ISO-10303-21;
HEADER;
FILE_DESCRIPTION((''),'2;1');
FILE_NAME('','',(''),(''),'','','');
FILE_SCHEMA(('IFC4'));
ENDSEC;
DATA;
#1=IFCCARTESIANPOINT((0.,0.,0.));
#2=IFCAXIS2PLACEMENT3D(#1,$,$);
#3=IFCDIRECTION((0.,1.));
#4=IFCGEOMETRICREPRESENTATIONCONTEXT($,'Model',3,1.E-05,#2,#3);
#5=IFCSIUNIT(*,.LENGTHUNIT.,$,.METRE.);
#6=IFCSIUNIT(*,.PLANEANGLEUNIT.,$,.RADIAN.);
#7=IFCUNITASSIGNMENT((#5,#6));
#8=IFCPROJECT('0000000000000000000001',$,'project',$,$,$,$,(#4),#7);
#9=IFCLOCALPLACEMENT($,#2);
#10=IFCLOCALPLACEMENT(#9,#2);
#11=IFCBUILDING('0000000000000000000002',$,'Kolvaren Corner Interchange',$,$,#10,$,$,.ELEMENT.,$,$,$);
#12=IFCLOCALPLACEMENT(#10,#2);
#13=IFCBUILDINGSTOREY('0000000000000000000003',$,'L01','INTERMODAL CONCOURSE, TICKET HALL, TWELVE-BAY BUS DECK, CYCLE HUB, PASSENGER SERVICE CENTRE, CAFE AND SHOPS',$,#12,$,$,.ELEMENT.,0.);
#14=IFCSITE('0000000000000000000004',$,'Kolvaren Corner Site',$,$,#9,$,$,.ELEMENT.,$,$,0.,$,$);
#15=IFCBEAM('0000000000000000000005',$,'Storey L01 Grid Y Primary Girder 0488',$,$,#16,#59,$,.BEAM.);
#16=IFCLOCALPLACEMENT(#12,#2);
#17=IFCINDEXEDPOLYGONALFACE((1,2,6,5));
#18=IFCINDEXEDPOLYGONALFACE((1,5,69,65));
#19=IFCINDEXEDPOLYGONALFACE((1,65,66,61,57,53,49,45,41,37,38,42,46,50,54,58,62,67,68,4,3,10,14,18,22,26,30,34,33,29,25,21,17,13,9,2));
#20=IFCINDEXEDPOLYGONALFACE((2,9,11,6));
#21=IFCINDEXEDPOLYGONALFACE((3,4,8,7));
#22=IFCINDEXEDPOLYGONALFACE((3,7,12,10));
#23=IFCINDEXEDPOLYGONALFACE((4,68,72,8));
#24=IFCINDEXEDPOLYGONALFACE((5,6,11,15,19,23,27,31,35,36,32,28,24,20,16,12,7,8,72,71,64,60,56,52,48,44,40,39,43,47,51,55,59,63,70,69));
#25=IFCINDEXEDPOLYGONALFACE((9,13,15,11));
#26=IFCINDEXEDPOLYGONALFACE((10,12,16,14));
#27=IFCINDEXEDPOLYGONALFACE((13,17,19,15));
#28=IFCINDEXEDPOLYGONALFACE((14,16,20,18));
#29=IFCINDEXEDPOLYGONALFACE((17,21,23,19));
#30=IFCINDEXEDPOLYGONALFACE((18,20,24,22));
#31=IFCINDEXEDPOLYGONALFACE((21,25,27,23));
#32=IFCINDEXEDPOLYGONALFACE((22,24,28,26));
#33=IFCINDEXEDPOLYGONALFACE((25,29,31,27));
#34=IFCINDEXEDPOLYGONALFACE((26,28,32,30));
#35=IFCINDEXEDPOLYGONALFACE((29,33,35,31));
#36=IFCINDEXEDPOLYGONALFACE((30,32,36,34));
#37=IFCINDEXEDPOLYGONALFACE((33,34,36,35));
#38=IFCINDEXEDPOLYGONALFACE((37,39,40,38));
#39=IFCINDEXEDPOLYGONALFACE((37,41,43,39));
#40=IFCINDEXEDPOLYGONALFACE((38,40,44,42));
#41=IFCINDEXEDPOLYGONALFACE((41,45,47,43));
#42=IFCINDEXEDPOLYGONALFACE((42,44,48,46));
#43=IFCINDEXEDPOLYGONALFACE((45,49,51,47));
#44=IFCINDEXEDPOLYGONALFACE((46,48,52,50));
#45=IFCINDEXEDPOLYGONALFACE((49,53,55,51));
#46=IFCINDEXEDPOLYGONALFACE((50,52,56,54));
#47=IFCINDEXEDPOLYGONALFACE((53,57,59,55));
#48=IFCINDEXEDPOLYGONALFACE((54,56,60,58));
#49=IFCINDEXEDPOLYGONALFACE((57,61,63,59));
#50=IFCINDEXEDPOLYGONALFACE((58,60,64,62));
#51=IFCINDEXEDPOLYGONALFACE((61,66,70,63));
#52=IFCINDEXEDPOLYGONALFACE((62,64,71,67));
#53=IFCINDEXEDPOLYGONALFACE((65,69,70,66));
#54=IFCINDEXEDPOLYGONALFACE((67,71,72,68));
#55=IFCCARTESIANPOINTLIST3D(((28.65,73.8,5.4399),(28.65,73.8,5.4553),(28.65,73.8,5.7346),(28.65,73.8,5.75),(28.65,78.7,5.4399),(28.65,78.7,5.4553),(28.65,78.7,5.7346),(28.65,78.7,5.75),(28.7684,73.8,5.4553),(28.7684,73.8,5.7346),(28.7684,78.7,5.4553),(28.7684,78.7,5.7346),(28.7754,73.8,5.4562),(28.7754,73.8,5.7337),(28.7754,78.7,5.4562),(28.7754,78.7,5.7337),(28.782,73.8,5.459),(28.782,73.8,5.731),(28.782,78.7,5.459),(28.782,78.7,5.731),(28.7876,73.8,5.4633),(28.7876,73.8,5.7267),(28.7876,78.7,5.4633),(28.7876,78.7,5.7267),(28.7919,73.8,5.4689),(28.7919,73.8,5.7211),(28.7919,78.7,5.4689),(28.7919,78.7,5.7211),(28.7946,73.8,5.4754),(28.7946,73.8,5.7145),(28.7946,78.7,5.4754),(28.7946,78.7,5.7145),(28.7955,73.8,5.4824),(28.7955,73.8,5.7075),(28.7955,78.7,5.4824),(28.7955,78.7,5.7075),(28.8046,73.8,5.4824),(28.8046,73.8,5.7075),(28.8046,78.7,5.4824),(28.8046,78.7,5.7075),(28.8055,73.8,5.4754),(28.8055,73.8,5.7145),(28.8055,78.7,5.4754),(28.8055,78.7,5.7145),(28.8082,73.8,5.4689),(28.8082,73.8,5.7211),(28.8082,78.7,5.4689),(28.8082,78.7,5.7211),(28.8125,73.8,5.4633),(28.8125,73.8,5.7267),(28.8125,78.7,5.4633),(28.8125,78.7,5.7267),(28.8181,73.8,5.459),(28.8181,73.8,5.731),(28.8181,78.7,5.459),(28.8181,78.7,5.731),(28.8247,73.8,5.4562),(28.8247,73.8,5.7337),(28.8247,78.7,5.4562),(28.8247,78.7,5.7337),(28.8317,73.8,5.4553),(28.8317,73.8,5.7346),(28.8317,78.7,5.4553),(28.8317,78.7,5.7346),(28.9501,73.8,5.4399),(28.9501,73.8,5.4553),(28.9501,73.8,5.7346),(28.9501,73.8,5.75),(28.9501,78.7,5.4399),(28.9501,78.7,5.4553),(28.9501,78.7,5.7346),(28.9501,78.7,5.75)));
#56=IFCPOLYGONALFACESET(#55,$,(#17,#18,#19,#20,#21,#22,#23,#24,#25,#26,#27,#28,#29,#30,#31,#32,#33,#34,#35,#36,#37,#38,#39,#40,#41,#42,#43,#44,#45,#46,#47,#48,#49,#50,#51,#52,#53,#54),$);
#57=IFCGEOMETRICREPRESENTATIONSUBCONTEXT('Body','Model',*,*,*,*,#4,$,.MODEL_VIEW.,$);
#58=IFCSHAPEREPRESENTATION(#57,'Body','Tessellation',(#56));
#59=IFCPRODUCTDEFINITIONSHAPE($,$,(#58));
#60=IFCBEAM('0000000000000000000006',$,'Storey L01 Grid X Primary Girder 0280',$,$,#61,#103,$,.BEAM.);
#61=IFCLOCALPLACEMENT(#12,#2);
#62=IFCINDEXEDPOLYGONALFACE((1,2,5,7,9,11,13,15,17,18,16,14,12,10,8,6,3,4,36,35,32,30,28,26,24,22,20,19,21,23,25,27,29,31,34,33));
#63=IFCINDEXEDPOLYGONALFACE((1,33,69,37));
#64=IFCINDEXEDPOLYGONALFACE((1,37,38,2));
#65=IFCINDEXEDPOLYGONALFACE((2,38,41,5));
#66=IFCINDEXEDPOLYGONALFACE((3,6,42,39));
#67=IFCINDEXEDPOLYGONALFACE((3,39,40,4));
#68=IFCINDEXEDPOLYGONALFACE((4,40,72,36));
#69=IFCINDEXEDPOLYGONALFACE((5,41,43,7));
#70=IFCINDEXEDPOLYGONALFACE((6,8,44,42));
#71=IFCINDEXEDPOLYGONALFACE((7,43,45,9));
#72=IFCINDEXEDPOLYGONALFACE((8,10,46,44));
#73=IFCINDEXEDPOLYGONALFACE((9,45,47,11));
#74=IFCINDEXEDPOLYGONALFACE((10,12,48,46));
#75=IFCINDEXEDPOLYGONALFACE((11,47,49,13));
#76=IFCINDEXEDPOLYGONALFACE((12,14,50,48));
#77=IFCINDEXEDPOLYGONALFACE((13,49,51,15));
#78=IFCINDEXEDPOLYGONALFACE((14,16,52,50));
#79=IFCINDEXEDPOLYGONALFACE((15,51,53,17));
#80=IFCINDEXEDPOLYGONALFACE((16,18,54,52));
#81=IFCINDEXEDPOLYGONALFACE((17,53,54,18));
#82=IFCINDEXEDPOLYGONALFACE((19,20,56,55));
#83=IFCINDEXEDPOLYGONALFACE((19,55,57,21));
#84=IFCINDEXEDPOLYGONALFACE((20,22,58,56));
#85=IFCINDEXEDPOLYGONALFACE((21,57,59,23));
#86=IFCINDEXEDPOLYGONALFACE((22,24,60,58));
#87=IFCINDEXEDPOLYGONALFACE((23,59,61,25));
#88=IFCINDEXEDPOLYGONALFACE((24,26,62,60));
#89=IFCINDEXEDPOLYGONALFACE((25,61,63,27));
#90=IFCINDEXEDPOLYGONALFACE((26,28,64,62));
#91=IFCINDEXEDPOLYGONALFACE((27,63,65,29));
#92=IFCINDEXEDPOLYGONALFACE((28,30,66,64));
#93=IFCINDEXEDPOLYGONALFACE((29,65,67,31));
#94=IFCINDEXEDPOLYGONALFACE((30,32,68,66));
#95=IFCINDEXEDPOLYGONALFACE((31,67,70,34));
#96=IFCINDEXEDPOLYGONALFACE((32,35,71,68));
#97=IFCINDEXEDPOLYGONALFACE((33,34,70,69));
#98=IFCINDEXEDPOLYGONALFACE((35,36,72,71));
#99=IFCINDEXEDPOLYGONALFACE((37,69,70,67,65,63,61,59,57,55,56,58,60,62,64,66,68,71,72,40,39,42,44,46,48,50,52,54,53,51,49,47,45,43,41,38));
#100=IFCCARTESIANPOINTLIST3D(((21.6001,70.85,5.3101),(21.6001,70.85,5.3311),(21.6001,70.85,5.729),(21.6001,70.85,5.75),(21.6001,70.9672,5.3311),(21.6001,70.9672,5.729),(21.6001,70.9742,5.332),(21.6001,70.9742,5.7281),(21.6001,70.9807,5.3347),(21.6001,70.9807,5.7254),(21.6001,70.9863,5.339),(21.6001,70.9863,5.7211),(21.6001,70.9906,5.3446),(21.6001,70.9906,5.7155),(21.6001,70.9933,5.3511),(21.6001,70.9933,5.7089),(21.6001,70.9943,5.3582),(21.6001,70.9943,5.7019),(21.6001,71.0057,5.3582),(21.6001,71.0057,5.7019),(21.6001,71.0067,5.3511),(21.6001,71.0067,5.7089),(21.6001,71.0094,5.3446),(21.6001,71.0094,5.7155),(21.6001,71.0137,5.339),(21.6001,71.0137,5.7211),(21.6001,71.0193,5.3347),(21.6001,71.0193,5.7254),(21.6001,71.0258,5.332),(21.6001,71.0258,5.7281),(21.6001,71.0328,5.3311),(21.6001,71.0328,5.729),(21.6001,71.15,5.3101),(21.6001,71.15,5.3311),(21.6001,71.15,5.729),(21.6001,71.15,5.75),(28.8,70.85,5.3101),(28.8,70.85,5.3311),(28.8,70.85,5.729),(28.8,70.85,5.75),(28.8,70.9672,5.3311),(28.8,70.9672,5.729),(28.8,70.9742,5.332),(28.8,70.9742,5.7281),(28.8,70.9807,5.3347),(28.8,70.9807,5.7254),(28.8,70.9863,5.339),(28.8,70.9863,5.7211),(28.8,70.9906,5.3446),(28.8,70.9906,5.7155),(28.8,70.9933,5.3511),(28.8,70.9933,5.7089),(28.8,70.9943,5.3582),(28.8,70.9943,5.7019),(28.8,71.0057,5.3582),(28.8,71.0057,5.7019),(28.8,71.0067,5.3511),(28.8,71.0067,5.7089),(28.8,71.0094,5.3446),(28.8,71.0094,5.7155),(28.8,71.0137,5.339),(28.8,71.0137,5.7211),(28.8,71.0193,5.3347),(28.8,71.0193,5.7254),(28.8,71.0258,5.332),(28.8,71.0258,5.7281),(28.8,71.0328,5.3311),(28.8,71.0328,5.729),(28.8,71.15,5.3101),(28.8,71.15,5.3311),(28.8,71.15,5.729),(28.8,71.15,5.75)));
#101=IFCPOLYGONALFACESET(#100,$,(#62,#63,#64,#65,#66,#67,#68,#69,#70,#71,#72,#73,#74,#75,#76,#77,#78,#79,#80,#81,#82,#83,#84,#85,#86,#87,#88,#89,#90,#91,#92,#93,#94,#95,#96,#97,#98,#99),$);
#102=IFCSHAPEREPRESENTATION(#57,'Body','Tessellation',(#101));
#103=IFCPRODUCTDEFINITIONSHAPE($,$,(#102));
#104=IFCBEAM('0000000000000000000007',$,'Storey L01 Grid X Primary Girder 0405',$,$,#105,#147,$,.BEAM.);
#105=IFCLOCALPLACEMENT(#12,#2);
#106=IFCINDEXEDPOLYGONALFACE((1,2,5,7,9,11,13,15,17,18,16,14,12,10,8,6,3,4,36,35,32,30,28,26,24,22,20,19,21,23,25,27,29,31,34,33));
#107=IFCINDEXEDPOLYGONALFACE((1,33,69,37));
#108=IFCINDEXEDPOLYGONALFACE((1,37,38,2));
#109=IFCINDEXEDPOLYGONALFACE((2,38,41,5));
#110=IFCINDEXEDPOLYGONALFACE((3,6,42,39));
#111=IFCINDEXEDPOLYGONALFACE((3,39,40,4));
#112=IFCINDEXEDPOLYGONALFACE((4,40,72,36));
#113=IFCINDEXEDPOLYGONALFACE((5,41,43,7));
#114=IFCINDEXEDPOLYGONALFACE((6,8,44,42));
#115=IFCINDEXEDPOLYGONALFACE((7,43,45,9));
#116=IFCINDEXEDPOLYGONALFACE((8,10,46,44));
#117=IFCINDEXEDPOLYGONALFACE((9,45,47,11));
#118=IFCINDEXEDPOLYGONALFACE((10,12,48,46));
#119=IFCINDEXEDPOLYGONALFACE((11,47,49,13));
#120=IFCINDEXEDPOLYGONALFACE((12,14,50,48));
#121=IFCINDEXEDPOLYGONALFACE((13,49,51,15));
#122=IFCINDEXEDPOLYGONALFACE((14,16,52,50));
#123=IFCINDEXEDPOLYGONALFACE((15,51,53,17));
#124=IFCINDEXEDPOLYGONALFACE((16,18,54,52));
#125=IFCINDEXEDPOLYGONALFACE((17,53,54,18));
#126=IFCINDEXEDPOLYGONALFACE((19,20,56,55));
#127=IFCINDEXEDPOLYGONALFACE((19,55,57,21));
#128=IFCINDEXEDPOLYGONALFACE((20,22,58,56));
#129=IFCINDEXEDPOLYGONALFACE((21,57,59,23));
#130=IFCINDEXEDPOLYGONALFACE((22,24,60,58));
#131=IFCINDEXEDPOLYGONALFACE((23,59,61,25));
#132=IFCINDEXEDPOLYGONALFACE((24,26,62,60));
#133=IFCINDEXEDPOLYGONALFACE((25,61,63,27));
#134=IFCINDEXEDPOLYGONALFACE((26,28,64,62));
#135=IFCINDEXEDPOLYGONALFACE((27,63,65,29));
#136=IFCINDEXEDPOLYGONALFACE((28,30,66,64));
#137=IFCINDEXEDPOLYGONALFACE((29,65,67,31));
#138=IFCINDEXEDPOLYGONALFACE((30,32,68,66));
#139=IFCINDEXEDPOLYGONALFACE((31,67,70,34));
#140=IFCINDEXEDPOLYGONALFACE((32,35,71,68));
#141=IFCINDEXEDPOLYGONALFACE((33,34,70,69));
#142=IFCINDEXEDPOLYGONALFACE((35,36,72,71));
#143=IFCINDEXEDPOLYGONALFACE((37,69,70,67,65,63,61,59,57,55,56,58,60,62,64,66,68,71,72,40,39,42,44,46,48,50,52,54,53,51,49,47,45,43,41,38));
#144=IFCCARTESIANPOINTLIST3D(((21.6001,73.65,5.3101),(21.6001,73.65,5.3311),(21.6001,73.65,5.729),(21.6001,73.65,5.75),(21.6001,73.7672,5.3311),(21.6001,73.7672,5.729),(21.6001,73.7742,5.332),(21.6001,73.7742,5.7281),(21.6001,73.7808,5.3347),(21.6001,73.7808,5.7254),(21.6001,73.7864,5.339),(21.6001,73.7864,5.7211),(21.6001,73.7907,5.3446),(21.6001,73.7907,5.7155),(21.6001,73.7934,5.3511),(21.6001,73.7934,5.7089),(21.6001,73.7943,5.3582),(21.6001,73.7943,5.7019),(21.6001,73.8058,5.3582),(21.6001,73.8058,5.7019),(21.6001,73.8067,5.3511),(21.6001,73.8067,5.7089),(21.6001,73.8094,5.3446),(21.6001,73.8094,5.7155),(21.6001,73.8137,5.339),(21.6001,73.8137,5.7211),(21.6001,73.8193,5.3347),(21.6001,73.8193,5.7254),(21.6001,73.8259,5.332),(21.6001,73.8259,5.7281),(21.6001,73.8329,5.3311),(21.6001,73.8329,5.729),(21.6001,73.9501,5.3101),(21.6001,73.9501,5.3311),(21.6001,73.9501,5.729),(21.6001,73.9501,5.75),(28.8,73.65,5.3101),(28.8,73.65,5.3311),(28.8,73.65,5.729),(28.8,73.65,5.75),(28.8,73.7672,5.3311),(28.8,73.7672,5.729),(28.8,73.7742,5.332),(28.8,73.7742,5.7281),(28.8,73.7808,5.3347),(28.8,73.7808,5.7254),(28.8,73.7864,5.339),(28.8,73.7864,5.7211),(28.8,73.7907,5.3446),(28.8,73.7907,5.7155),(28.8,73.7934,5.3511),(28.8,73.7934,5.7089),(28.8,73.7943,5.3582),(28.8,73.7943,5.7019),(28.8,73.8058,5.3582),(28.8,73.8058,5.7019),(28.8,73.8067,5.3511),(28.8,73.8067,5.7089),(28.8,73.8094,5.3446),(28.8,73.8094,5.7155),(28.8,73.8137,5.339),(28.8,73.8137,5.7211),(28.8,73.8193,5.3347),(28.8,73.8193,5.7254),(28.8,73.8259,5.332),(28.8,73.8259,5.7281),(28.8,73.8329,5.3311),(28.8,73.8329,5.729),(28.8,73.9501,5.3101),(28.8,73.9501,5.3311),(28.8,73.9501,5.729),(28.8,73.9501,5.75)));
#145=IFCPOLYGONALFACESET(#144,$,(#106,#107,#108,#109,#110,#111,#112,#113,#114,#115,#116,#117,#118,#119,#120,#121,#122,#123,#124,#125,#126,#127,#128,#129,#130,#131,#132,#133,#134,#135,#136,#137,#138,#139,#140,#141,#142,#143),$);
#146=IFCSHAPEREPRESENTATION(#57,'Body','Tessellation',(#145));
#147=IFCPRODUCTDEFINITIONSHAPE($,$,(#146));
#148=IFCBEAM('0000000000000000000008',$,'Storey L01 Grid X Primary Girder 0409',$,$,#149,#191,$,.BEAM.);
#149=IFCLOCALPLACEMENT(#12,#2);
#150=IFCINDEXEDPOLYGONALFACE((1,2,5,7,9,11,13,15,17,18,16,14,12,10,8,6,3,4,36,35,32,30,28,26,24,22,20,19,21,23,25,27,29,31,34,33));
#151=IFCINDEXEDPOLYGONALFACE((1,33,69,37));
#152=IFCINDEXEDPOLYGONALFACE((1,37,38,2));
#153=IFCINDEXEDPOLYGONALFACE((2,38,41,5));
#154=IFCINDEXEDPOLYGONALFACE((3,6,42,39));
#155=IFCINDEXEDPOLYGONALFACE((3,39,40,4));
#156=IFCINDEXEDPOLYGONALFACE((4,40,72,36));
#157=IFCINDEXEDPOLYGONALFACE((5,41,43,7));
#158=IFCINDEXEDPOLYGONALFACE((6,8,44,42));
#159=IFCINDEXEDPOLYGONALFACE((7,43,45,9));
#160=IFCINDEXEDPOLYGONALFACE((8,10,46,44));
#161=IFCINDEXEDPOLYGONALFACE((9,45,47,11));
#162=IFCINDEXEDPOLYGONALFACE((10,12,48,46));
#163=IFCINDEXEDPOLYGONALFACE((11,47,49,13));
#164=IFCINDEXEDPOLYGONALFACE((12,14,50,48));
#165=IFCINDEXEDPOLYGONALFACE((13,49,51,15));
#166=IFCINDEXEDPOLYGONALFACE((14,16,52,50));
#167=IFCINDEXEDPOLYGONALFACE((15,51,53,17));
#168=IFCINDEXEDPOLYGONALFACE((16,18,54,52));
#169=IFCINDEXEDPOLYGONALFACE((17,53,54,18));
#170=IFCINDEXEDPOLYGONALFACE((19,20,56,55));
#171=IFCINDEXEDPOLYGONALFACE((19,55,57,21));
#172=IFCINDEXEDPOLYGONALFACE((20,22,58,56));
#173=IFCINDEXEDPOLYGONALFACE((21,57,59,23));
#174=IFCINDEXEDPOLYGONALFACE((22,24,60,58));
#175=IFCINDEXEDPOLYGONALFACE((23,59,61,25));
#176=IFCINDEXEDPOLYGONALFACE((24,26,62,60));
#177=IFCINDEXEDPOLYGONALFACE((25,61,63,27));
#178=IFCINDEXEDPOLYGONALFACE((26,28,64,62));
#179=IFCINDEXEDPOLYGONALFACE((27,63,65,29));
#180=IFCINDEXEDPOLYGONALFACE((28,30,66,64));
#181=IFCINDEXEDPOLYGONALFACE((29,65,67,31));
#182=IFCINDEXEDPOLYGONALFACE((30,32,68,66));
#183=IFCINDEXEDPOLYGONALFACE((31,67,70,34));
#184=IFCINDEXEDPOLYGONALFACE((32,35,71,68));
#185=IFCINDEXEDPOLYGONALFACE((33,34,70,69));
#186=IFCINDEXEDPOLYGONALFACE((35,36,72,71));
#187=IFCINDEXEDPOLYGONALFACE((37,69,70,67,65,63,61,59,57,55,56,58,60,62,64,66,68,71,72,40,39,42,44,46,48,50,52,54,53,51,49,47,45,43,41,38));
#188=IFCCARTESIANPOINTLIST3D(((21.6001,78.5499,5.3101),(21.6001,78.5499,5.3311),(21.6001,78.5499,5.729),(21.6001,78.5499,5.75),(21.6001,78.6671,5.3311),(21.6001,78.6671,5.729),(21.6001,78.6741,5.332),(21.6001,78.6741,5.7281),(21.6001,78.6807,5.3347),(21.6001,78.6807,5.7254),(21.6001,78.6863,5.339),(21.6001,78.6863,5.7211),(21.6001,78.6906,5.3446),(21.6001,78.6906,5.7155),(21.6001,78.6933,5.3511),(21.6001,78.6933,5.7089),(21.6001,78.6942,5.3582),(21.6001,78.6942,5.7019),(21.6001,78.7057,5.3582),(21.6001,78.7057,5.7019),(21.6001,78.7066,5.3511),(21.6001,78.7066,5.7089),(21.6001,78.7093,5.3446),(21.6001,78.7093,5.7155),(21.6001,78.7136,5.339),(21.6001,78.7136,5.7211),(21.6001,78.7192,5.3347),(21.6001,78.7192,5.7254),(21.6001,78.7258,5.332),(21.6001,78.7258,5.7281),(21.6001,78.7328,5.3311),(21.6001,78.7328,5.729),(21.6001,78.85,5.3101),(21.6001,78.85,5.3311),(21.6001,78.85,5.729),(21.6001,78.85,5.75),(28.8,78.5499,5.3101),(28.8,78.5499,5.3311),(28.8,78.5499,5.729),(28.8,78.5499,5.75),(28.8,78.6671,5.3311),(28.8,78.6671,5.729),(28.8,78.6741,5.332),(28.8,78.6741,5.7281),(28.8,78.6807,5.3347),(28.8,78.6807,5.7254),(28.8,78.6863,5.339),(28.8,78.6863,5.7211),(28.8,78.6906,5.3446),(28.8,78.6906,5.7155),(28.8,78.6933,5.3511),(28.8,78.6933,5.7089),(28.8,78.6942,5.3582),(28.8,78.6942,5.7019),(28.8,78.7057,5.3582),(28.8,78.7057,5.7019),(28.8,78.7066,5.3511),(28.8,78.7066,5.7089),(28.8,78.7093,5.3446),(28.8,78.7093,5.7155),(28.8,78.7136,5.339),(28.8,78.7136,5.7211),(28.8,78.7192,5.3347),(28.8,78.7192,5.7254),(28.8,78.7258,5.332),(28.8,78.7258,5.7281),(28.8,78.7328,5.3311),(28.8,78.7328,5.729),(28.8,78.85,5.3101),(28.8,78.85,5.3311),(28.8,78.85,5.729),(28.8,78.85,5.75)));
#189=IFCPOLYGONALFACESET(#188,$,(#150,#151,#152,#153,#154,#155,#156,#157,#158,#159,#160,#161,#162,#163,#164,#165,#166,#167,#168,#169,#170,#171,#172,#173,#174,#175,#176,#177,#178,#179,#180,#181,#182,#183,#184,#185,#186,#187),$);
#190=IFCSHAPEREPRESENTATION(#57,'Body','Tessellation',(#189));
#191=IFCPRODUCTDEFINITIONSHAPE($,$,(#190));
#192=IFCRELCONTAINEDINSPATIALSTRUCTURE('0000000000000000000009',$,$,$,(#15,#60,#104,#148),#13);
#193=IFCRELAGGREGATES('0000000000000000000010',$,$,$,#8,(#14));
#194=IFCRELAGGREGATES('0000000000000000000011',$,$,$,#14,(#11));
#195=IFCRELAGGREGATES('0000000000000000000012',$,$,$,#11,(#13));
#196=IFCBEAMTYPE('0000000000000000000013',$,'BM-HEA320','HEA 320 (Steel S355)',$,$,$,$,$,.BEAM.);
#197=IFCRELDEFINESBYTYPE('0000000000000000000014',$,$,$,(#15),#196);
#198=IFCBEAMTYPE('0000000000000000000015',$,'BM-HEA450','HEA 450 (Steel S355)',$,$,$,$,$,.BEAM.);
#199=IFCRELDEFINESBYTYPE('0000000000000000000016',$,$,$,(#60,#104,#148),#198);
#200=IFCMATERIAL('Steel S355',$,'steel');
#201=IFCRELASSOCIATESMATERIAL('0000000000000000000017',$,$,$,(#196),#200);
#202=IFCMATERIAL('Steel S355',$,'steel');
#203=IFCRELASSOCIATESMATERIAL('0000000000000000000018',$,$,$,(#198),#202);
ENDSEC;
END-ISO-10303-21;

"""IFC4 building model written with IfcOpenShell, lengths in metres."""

from ifc_helpers import new_model, si_unit, direction, frame, origin, origin_2d, place, context, subcontext, project, spatial, i_section, extrude, material, material_profile, profile_set, type_object, element, save


model = new_model("IFC4")

# Units and contexts
model_context = context("Model", 3, precision=1e-05, world=origin(), true_north=direction((0.0, 1.0)))
body_context = subcontext(model_context, "Body", "Model", "MODEL_VIEW")
ifc_project = project(units=[si_unit("LENGTHUNIT", "METRE"), si_unit("PLANEANGLEUNIT", "RADIAN")], contexts=[model_context])

# Site, building, storey
site_placement = place(None, origin())
site = spatial("IfcSite", under=ifc_project, at=site_placement, Name="Kolvaren Corner Site", CompositionType="ELEMENT", RefElevation=0.0)
building_placement = place(site_placement, origin())
building = spatial("IfcBuilding", under=site, at=building_placement, Name="Kolvaren Corner Interchange", CompositionType="ELEMENT")
storey_placement = place(building_placement, origin())
storey = spatial("IfcBuildingStorey", under=building, at=storey_placement, Name="L01", Description="INTERMODAL CONCOURSE, TICKET HALL, TWELVE-BAY BUS DECK, CYCLE HUB, PASSENGER SERVICE CENTRE, CAFE AND SHOPS", CompositionType="ELEMENT", Elevation=0.0)

# Beams
ifc_material_1 = material(Name="Steel S355", Category="steel")
ifc_material_profile_1 = material_profile(ifc_material_1, i_section(OverallWidth=0.3, OverallDepth=0.3101, WebThickness=0.009, FlangeThickness=0.0154, FilletRadius=0.0271, at=origin_2d()), Name="HEA 320")
ifc_profile_set_1 = profile_set([ifc_material_profile_1], Name="Steel S355")
beam_type_1 = type_object("IfcBeamType", Name="BM-HEA320", Description="HEA 320 (Steel S355)", PredefinedType="BEAM", material=ifc_profile_set_1)
beam_1_placement = place(storey_placement, frame((28.8, 73.8, 5.595), z_axis=(0.0, 1.0, 0.0), x_axis=(-1.0, 0.0, 0.0)))
element("IfcBeam", 1, at=beam_1_placement, inside=storey, type_object=beam_type_1, Name="Storey L01 Grid Y Primary Girder 0488", PredefinedType="BEAM", context=body_context, shape_type="SweptSolid", body=[
    extrude(i_section(OverallWidth=0.3, OverallDepth=0.3101, WebThickness=0.009, FlangeThickness=0.0154, FilletRadius=0.0271, at=origin_2d()), origin(), (0.0, 0.0, 1.0), 4.8999),
])
ifc_material_2 = material(Name="Steel S355", Category="steel")
ifc_material_profile_2 = material_profile(ifc_material_2, i_section(OverallWidth=0.3, OverallDepth=0.4399, WebThickness=0.0115, FlangeThickness=0.021, FilletRadius=0.0271, at=origin_2d()), Name="HEA 450")
ifc_profile_set_2 = profile_set([ifc_material_profile_2], Name="Steel S355")
beam_type_2 = type_object("IfcBeamType", Name="BM-HEA450", Description="HEA 450 (Steel S355)", PredefinedType="BEAM", material=ifc_profile_set_2)
for number, where, z_axis, x_axis, name in (
    (2, (21.6001, 71.0, 5.53), (1.0, 0.0, 0.0), (0.0, 1.0, 0.0), "Storey L01 Grid X Primary Girder 0280"),
    (3, (21.6001, 73.8, 5.53), (1.0, 0.0, 0.0), (0.0, 1.0, 0.0), "Storey L01 Grid X Primary Girder 0405"),
    (4, (21.6001, 78.7, 5.53), (1.0, 0.0, 0.0), (0.0, 1.0, 0.0), "Storey L01 Grid X Primary Girder 0409"),
):
    element("IfcBeam", number, at=place(storey_placement, frame(where, z_axis=z_axis, x_axis=x_axis)), inside=storey, type_object=beam_type_2, Name=name, PredefinedType="BEAM", context=body_context, shape_type="SweptSolid", body=[
        extrude(i_section(OverallWidth=0.3, OverallDepth=0.4399, WebThickness=0.0115, FlangeThickness=0.021, FilletRadius=0.0271, at=origin_2d()), origin(), (0.0, 0.0, 1.0), 7.2),
    ])

save(model, "model.ifc")
